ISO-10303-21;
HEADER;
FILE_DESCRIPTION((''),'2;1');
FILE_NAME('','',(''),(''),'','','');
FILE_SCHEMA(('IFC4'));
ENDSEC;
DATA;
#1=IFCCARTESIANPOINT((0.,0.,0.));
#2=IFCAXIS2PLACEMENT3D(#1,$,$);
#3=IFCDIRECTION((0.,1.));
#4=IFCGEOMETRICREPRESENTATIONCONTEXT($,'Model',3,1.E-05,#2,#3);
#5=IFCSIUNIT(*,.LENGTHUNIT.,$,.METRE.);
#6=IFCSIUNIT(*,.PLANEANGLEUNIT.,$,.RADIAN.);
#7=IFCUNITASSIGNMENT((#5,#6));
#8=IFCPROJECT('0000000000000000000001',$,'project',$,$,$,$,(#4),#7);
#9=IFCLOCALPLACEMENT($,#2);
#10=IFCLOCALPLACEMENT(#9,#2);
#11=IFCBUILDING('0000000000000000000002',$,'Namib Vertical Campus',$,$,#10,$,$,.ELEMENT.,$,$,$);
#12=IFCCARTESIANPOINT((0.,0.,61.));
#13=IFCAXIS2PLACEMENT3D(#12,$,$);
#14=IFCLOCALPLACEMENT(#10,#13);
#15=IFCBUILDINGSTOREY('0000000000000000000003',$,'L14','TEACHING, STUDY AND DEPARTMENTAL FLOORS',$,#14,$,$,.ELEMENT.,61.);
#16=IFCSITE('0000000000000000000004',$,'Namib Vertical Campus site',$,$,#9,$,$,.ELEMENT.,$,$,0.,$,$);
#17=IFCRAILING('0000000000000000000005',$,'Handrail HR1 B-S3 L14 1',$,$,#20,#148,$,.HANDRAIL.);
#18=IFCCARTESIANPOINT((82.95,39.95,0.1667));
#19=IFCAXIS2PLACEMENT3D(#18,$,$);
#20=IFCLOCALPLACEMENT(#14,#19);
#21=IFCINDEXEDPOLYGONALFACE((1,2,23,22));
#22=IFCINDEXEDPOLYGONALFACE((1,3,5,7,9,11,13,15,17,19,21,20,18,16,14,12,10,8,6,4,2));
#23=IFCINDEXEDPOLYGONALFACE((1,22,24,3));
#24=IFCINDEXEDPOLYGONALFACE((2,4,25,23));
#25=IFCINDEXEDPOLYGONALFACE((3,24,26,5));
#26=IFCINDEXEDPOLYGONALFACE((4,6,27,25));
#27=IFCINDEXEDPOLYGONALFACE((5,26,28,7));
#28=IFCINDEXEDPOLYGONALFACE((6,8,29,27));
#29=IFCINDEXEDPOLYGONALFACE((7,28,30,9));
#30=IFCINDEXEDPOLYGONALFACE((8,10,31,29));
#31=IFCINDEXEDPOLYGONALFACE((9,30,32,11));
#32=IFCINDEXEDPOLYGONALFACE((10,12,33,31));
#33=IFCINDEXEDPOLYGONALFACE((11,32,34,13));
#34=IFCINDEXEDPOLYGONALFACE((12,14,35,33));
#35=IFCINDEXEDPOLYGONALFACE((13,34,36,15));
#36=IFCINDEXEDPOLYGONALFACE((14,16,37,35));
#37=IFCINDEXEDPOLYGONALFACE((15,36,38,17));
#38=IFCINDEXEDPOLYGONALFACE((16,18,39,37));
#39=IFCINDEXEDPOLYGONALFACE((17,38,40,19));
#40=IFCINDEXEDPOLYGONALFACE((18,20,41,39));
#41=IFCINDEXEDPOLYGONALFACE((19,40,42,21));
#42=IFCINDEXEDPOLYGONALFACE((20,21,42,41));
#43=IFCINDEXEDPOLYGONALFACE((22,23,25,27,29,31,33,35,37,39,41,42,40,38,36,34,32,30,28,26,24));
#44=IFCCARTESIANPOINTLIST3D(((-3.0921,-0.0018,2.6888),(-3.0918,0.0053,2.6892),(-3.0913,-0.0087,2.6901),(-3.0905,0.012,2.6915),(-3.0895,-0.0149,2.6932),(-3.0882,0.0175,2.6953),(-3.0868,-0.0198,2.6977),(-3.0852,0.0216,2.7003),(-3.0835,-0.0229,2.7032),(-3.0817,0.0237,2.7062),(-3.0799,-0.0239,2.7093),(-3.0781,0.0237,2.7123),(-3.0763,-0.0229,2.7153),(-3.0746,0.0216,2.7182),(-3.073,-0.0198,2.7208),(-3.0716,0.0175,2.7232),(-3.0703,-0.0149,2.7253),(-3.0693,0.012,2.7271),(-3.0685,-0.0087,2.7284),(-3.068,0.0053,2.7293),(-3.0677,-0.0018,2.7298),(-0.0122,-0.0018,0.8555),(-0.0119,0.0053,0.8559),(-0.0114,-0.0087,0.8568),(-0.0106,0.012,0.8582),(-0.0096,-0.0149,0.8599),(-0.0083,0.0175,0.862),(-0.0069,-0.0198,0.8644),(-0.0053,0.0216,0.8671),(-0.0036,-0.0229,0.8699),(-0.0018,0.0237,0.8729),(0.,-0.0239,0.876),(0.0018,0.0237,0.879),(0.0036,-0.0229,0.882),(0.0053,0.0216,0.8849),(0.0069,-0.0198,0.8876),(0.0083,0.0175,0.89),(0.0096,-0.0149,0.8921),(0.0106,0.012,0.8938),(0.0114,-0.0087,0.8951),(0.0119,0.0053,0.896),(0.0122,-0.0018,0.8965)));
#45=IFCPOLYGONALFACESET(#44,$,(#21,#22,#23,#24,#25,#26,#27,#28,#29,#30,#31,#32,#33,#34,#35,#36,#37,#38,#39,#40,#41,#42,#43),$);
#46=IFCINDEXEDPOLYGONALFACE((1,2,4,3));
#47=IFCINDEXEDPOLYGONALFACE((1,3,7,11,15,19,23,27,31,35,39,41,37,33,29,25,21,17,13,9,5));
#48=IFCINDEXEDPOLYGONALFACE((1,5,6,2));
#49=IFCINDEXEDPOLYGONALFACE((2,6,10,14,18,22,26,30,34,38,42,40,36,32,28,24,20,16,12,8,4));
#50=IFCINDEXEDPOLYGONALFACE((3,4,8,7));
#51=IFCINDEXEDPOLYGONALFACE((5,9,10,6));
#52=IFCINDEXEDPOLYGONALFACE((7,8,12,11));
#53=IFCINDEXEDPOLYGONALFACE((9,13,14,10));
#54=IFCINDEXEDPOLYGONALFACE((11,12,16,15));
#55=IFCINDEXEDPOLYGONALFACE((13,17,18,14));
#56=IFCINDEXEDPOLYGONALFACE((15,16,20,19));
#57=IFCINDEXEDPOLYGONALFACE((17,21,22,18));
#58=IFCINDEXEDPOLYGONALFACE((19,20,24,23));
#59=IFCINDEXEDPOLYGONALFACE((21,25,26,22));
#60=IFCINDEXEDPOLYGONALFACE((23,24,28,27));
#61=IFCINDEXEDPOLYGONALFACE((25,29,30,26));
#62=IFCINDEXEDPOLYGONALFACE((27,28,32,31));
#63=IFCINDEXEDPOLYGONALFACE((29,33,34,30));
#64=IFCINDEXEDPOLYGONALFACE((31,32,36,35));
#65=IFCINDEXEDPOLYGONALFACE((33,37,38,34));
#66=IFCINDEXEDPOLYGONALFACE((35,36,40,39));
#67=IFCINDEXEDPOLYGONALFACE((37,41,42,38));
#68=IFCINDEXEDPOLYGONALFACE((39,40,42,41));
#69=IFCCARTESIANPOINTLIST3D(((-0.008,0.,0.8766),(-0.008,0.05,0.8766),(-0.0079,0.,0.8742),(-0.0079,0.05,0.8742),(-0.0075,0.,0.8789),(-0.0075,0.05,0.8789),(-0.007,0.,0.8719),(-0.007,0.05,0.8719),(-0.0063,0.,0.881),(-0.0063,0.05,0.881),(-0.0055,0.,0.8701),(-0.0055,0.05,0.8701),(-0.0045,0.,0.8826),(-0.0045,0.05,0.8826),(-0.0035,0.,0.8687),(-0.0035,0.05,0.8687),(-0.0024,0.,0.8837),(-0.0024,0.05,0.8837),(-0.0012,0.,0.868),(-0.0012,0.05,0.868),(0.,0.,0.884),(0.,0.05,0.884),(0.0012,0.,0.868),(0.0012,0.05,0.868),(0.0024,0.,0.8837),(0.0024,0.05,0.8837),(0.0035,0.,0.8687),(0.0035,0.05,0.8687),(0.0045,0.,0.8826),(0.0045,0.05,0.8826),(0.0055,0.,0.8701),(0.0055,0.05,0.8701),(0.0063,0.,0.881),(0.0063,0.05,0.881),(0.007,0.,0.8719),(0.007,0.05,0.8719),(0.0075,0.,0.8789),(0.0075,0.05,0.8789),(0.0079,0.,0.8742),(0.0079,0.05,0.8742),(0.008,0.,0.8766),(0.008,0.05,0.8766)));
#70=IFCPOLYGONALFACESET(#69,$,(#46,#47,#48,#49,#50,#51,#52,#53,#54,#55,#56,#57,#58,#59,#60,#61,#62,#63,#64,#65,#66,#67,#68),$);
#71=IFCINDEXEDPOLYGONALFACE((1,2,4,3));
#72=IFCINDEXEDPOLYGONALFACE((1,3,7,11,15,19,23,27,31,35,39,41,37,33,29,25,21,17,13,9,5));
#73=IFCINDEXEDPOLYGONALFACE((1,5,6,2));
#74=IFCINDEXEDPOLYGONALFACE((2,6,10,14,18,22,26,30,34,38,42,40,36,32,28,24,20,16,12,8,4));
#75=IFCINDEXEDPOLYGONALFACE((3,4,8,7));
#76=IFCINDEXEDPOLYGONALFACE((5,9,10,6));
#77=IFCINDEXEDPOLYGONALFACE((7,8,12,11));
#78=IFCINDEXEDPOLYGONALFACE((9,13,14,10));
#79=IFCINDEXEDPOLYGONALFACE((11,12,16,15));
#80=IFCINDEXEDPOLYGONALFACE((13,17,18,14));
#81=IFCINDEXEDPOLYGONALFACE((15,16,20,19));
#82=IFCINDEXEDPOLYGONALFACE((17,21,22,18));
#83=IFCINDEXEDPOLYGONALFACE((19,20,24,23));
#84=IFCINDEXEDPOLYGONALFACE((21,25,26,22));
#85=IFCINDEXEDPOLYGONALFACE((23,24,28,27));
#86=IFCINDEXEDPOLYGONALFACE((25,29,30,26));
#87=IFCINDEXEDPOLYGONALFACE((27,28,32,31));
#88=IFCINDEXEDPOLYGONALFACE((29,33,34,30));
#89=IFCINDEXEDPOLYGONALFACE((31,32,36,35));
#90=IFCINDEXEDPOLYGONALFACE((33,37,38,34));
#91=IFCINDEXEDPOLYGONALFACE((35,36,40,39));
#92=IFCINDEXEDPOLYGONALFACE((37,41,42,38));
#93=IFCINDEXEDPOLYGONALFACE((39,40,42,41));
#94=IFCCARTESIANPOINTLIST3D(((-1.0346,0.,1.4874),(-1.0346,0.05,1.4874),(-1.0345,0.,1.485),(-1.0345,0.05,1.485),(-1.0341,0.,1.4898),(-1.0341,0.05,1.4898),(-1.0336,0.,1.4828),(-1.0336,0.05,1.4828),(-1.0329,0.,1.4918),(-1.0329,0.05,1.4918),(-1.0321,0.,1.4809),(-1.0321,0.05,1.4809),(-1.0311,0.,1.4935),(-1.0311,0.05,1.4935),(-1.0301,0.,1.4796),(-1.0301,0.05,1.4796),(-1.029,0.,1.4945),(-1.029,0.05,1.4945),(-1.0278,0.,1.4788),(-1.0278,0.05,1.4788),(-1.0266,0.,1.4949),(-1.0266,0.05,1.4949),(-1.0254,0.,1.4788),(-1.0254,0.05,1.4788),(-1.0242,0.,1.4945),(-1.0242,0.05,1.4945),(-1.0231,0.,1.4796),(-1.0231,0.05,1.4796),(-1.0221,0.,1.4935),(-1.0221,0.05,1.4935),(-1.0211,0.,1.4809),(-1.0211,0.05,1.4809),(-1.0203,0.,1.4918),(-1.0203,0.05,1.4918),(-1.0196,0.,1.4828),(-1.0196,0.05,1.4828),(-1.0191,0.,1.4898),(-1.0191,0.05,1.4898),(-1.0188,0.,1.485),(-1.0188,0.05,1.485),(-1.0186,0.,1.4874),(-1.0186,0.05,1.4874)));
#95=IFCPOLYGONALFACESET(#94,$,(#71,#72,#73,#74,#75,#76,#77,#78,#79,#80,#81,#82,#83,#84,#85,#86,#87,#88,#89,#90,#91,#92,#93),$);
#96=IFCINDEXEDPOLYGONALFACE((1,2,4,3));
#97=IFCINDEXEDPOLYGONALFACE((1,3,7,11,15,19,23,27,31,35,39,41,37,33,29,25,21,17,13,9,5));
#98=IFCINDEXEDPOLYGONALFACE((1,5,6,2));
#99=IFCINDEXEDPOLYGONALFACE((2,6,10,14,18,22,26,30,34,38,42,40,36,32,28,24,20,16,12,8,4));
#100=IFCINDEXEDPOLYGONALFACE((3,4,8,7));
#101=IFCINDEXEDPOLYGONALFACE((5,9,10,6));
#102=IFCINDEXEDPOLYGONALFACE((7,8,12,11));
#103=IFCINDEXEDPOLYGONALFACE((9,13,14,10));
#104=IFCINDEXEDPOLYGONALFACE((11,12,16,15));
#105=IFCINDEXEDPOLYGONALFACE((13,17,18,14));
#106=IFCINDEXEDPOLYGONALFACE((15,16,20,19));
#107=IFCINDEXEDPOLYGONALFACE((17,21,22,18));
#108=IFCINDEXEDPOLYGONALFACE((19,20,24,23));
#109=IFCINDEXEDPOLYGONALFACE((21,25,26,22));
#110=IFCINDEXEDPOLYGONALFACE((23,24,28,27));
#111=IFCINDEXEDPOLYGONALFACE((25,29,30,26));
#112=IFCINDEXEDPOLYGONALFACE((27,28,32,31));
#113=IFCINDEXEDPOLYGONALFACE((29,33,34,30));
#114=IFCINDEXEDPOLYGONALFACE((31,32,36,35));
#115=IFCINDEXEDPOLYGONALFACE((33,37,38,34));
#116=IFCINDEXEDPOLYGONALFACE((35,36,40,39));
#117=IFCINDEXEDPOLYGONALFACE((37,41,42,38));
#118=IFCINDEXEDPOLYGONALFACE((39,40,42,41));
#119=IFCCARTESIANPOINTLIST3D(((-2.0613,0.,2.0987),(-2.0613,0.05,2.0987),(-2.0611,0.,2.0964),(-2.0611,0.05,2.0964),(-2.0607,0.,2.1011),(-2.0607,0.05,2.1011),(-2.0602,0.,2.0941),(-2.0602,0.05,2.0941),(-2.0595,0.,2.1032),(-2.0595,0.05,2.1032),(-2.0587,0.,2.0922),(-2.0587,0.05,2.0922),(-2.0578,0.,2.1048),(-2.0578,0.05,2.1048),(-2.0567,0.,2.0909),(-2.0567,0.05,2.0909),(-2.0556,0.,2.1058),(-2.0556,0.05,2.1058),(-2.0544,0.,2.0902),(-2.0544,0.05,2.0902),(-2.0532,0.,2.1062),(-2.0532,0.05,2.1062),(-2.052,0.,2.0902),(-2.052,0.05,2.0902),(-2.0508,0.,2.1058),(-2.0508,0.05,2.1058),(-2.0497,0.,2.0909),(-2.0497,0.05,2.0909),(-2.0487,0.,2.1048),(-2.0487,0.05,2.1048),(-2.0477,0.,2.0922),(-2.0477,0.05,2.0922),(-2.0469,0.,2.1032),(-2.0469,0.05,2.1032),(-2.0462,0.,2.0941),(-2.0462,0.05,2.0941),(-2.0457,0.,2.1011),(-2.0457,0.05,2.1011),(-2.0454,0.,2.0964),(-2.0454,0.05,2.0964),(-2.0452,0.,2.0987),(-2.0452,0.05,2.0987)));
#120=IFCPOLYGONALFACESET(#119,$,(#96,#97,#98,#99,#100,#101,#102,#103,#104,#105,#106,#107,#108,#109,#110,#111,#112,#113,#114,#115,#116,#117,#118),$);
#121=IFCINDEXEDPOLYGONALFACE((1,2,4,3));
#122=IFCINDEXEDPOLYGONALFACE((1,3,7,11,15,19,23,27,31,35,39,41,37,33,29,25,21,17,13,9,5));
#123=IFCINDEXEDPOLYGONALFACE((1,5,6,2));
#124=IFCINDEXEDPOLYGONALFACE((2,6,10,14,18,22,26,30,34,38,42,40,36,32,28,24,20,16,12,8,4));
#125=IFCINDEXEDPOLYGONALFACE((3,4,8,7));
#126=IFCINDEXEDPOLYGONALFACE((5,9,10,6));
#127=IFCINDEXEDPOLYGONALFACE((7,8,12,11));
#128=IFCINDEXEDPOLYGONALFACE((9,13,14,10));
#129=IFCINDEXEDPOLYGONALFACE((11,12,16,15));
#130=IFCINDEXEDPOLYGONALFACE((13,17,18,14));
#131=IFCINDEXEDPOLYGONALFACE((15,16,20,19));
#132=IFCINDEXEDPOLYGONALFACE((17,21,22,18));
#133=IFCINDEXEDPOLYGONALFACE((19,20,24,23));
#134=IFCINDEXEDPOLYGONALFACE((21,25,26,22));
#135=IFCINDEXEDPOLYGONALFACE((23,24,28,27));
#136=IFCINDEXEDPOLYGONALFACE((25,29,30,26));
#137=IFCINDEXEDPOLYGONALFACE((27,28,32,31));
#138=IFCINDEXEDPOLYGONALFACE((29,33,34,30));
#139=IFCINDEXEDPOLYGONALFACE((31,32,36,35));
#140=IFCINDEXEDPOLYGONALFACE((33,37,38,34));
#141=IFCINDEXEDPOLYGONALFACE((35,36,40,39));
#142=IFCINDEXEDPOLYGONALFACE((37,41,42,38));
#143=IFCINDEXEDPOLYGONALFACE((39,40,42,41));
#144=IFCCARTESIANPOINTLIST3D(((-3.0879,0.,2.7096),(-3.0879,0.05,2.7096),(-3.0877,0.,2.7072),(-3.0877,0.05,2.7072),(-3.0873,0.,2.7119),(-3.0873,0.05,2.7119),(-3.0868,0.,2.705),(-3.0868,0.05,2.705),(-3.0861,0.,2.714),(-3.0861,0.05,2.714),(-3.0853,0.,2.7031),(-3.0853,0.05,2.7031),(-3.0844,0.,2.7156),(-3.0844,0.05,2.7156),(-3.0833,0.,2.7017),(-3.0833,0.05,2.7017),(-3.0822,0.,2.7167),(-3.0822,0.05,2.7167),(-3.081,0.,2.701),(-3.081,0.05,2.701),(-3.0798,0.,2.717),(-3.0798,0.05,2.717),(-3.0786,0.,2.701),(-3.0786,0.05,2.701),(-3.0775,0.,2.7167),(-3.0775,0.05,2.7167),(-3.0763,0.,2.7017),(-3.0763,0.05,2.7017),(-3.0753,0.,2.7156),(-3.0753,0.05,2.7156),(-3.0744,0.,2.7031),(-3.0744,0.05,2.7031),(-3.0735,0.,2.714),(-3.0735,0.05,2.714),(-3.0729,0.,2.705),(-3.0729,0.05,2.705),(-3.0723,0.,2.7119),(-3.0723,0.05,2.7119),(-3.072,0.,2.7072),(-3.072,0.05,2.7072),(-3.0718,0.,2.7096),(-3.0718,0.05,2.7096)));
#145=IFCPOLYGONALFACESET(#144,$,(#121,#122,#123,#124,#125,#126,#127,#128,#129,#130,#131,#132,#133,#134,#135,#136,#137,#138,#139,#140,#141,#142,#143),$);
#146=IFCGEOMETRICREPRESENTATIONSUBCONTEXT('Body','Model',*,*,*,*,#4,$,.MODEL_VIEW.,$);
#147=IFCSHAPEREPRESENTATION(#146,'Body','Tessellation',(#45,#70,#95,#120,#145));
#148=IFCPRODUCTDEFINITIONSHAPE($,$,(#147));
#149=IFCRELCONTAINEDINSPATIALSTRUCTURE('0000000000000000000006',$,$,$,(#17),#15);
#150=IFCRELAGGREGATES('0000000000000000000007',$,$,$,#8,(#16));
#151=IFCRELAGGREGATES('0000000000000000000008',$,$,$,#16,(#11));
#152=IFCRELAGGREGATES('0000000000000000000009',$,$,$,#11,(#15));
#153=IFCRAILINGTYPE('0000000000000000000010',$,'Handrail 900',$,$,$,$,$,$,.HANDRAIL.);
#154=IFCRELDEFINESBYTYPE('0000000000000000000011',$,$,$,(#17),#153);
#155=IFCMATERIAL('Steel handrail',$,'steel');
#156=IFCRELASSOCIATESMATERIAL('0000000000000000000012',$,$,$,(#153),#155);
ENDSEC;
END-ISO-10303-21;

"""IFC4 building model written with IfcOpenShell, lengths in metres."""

from ifc_helpers import new_model, si_unit, direction, frame, origin, origin_2d, place, context, subcontext, project, spatial, circle, extrude, material, type_object, element, save


model = new_model("IFC4")

# Units and contexts
model_context = context("Model", 3, precision=1e-05, world=origin(), true_north=direction((0.0, 1.0)))
body_context = subcontext(model_context, "Body", "Model", "MODEL_VIEW")
ifc_project = project(units=[si_unit("LENGTHUNIT", "METRE"), si_unit("PLANEANGLEUNIT", "RADIAN")], contexts=[model_context])

# Site, building, storey
site_placement = place(None, origin())
site = spatial("IfcSite", under=ifc_project, at=site_placement, Name="Namib Vertical Campus site", CompositionType="ELEMENT", RefElevation=0.0)
building_placement = place(site_placement, origin())
building = spatial("IfcBuilding", under=site, at=building_placement, Name="Namib Vertical Campus", CompositionType="ELEMENT")
storey_placement = place(building_placement, frame((0.0, 0.0, 61.0)))
storey = spatial("IfcBuildingStorey", under=building, at=storey_placement, Name="L14", Description="TEACHING, STUDY AND DEPARTMENTAL FLOORS", CompositionType="ELEMENT", Elevation=61.0)

# Railing
ifc_material_1 = material(Name="Steel handrail", Category="steel")
railing_type_1 = type_object("IfcRailingType", Name="Handrail 900", PredefinedType="HANDRAIL", material=ifc_material_1)
railing_1_placement = place(storey_placement, frame((82.95, 39.95, 0.1667)))
element("IfcRailing", 1, at=railing_1_placement, inside=storey, type_object=railing_type_1, Name="Handrail HR1 B-S3 L14 1", PredefinedType="HANDRAIL", context=body_context, shape_type="SweptSolid", body=[
    extrude(circle(Radius=0.0239, at=origin_2d()), frame((0.0, 0.0, 0.876), z_axis=(-0.859291, 0.0, 0.511487), x_axis=(0.0, -1.0, 0.0)), (0.0, 0.0, 1.0), 3.5842),
    extrude(circle(Radius=0.0081, at=origin_2d()), frame((0.0, 0.0, 0.876), z_axis=(0.0, 1.0, 0.0), x_axis=(0.0, 0.0, 1.0)), (0.0, 0.0, 1.0), 0.05),
    extrude(circle(Radius=0.0081, at=origin_2d()), frame((-1.0266, 0.0, 1.4868), z_axis=(0.0, 1.0, 0.0), x_axis=(0.0, 0.0, 1.0)), (0.0, 0.0, 1.0), 0.05),
    extrude(circle(Radius=0.0081, at=origin_2d()), frame((-2.0532, 0.0, 2.0981), z_axis=(0.0, 1.0, 0.0), x_axis=(0.0, 0.0, 1.0)), (0.0, 0.0, 1.0), 0.05),
    extrude(circle(Radius=0.0081, at=origin_2d()), frame((-3.0798, 0.0, 2.709), z_axis=(0.0, 1.0, 0.0), x_axis=(0.0, 0.0, 1.0)), (0.0, 0.0, 1.0), 0.05),
])

save(model, "model.ifc")
